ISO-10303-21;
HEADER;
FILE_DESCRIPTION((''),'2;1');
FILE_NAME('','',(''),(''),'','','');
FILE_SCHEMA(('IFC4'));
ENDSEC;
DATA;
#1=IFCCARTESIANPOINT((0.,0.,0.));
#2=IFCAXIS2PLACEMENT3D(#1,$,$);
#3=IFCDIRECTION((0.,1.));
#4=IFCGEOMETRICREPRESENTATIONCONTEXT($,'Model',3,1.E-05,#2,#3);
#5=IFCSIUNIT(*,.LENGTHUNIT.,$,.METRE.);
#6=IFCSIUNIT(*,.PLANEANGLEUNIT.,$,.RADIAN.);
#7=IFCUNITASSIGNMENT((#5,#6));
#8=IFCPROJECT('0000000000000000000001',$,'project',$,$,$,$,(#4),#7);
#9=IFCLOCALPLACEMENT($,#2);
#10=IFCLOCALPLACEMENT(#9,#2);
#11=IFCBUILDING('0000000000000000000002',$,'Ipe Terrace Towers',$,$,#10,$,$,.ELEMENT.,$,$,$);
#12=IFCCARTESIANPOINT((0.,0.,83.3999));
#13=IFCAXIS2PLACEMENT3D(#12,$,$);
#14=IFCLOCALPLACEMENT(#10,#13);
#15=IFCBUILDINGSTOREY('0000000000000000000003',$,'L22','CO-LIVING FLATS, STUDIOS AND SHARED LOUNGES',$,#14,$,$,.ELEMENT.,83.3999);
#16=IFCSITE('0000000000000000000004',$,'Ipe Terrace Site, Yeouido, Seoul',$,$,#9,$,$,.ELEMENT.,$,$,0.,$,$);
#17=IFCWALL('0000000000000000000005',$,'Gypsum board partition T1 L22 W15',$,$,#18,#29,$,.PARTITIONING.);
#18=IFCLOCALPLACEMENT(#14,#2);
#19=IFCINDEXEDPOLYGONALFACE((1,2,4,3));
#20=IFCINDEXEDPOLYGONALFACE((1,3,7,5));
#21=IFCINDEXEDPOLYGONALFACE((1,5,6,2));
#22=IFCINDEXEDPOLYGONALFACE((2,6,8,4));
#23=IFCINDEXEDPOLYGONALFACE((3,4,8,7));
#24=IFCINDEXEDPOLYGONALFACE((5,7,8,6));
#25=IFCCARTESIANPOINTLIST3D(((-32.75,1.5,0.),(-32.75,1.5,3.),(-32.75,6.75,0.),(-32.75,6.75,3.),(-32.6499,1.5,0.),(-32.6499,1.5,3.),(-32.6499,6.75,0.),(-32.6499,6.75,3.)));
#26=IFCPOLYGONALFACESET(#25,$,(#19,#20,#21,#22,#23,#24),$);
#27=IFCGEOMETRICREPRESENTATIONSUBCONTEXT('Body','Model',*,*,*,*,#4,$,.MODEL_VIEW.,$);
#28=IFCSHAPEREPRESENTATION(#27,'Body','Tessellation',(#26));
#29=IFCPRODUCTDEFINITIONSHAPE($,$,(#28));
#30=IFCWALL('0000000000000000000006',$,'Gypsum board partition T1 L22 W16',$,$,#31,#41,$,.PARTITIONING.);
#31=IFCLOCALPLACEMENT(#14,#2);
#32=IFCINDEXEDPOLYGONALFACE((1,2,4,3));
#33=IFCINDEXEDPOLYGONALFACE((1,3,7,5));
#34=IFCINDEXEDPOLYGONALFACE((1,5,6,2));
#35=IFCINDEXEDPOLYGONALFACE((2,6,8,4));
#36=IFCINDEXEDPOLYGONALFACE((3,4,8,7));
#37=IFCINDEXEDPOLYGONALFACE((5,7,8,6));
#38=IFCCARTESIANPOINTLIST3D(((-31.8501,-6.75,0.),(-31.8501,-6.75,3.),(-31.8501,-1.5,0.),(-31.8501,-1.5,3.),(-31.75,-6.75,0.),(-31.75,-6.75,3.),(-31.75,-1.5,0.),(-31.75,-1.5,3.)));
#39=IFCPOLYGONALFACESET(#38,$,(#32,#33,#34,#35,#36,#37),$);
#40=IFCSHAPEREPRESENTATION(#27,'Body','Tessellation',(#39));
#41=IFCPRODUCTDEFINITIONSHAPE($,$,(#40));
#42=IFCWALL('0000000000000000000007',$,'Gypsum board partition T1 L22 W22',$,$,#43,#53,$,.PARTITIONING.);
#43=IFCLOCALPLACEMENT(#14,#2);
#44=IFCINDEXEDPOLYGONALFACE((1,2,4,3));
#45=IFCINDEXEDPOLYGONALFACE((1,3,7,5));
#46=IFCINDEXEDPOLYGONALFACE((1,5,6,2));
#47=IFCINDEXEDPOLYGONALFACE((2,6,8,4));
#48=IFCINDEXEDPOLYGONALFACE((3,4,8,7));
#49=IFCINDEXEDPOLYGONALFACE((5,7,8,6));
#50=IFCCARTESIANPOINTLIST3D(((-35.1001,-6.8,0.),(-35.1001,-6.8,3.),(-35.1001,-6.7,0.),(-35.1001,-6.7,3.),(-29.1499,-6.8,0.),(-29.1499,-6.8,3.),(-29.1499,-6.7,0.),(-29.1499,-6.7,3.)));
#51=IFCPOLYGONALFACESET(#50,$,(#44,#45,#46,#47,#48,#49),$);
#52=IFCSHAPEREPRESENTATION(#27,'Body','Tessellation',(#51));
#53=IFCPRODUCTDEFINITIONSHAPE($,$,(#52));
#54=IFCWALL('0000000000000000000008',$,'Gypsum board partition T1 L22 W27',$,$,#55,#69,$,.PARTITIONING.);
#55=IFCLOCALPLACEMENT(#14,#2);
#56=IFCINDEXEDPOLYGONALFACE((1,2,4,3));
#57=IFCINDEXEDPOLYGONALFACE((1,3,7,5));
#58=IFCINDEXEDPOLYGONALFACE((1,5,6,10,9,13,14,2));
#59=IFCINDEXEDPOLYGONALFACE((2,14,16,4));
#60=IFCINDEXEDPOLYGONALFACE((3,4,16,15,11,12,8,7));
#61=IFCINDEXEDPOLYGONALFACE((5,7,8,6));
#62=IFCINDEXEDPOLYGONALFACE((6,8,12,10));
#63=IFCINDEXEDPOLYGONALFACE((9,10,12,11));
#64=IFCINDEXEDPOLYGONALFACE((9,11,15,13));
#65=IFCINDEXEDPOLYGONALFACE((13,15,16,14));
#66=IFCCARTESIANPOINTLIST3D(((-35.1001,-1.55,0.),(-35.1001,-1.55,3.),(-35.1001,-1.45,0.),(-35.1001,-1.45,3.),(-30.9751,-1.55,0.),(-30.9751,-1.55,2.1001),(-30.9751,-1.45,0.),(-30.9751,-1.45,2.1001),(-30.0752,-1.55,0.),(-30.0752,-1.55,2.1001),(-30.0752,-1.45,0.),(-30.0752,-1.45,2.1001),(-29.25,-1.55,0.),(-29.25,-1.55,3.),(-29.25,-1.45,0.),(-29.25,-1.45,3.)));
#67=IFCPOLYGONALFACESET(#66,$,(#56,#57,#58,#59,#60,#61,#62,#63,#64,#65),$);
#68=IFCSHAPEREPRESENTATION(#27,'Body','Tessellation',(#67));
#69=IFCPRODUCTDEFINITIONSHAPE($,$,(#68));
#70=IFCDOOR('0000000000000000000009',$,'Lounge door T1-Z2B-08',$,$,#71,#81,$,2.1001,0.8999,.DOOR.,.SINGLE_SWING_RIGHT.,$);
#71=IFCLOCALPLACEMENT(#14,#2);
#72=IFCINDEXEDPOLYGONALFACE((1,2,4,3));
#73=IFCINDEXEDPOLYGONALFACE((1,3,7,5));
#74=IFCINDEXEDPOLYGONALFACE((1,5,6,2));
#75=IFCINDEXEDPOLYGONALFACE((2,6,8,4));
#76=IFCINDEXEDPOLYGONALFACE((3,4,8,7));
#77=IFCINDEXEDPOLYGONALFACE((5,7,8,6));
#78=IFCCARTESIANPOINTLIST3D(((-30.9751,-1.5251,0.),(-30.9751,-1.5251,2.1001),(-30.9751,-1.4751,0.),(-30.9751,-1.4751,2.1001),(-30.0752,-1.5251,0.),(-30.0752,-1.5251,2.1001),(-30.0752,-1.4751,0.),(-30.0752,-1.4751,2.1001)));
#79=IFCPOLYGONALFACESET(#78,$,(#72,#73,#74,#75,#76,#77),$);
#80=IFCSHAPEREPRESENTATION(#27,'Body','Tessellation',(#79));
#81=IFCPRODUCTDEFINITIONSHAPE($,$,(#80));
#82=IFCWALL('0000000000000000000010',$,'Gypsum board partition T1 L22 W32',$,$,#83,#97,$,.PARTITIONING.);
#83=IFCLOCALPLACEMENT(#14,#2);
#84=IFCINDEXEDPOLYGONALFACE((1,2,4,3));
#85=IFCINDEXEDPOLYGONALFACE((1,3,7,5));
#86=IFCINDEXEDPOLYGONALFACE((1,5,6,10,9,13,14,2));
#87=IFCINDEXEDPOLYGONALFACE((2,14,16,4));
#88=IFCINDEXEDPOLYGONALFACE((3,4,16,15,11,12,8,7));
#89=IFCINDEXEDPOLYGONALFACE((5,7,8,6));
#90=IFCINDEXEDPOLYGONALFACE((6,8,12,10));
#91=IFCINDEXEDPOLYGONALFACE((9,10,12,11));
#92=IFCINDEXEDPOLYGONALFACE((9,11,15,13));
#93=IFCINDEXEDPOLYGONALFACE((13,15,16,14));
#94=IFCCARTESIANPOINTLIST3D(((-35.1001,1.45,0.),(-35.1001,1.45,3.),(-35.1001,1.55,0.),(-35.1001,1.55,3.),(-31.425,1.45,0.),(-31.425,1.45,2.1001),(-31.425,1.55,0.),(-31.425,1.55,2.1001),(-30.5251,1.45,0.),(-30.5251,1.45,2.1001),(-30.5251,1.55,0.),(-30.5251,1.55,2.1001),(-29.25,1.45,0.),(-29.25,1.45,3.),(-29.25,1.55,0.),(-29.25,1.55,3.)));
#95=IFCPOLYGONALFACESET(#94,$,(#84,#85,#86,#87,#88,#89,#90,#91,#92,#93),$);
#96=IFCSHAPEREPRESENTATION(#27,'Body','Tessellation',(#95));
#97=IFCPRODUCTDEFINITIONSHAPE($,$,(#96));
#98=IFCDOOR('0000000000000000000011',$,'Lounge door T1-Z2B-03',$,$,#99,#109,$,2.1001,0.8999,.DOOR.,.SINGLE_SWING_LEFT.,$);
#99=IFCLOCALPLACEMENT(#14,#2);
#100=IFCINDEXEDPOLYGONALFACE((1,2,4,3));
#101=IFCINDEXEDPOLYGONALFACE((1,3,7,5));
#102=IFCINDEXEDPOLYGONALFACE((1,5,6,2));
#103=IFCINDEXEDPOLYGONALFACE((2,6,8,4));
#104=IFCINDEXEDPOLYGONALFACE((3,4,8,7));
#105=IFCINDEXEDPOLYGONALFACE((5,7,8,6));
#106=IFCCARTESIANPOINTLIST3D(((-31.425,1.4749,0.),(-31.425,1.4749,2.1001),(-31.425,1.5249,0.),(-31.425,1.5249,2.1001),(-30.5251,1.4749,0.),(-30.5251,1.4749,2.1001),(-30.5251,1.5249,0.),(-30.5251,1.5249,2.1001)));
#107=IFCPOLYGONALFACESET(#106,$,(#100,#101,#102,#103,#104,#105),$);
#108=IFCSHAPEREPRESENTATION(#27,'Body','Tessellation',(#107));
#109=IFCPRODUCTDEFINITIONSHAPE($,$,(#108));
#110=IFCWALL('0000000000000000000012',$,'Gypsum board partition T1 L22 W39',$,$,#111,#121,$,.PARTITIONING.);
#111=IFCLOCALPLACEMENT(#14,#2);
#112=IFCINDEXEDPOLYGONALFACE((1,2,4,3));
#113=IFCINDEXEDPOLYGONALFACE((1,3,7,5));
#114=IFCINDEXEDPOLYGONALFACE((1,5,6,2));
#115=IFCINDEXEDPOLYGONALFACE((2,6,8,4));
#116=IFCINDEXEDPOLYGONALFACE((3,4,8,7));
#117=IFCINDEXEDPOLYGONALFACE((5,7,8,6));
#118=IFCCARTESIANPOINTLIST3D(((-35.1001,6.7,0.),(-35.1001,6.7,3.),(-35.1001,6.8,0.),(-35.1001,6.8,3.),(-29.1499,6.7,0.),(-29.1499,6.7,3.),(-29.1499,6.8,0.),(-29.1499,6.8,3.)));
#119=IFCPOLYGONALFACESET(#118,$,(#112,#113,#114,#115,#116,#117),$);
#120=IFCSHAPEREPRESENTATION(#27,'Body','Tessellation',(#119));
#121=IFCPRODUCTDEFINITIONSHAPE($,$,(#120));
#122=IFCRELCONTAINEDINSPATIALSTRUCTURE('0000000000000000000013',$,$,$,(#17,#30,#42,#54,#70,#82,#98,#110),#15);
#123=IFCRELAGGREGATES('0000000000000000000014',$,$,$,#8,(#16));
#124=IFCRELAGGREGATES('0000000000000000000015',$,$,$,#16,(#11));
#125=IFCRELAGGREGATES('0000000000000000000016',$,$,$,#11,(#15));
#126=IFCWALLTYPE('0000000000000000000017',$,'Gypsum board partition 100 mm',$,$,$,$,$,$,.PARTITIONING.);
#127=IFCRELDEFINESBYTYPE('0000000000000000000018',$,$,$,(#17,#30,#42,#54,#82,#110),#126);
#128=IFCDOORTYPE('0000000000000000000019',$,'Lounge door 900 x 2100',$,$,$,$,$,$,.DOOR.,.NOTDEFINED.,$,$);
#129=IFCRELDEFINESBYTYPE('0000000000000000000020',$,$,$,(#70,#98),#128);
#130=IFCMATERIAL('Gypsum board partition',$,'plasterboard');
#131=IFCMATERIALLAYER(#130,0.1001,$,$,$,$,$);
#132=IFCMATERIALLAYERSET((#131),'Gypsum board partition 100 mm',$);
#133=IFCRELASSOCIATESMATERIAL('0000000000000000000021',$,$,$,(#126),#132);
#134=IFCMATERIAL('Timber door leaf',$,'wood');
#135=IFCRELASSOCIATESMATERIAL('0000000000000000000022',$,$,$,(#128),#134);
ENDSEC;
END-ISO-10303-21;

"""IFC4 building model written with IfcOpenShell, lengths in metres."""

from ifc_helpers import new_model, si_unit, direction, frame, frame_2d, origin, place, context, subcontext, project, spatial, rectangle, extrude, material, layer, layer_set, type_object, element, fill, save


model = new_model("IFC4")

# Units and contexts
model_context = context("Model", 3, precision=1e-05, world=origin(), true_north=direction((0.0, 1.0)))
body_context = subcontext(model_context, "Body", "Model", "MODEL_VIEW")
ifc_project = project(units=[si_unit("LENGTHUNIT", "METRE"), si_unit("PLANEANGLEUNIT", "RADIAN")], contexts=[model_context])

# Site, building, storey
site_placement = place(None, origin())
site = spatial("IfcSite", under=ifc_project, at=site_placement, Name="Ipe Terrace Site, Yeouido, Seoul", CompositionType="ELEMENT", RefElevation=0.0)
building_placement = place(site_placement, origin())
building = spatial("IfcBuilding", under=site, at=building_placement, Name="Ipe Terrace Towers", CompositionType="ELEMENT")
storey_placement = place(building_placement, frame((0.0, 0.0, 83.3999)))
storey = spatial("IfcBuildingStorey", under=building, at=storey_placement, Name="L22", Description="CO-LIVING FLATS, STUDIOS AND SHARED LOUNGES", CompositionType="ELEMENT", Elevation=83.3999)

# Shared definitions
ifc_material_1 = material(Name="Gypsum board partition", Category="plasterboard")
ifc_layer_1 = layer(ifc_material_1, 0.1001)
ifc_layer_set_1 = layer_set([ifc_layer_1], Name="Gypsum board partition 100 mm")
wall_type = type_object("IfcWallType", Name="Gypsum board partition 100 mm", PredefinedType="PARTITIONING", material=ifc_layer_set_1)
ifc_material_2 = material(Name="Timber door leaf", Category="wood")
door_type_1 = type_object("IfcDoorType", Name="Lounge door 900 x 2100", OperationType="NOTDEFINED", PredefinedType="DOOR", material=ifc_material_2)

# Walls
for number, where, z_axis, x_axis, name in (
    (1, (-32.7, 1.5, 0.0), (0.0, 0.0, 1.0), (0.0, 1.0, 0.0), "Gypsum board partition T1 L22 W15"),
    (2, (-31.8, -6.75, 0.0), (0.0, 0.0, 1.0), (0.0, 1.0, 0.0), "Gypsum board partition T1 L22 W16"),
):
    element("IfcWall", number, at=place(storey_placement, frame(where, z_axis=z_axis, x_axis=x_axis)), inside=storey, type_object=wall_type, Name=name, PredefinedType="PARTITIONING", context=body_context, shape_type="SweptSolid", body=[
        extrude(rectangle(XDim=5.25, YDim=0.1001, at=frame_2d((2.625, 0.0))), origin(), (0.0, 0.0, 1.0), 3.0),
    ])
wall_1_placement = place(storey_placement, frame((-35.1001, -6.75, 0.0), z_axis=(0.0, 0.0, 1.0), x_axis=(1.0, 0.0, 0.0)))
element("IfcWall", 3, at=wall_1_placement, inside=storey, type_object=wall_type, Name="Gypsum board partition T1 L22 W22", PredefinedType="PARTITIONING", context=body_context, shape_type="SweptSolid", body=[
    extrude(rectangle(XDim=5.9502, YDim=0.1001, at=frame_2d((2.9751, 0.0))), origin(), (0.0, 0.0, 1.0), 3.0),
])

# Walls, openings, doors
wall_2_placement = place(storey_placement, frame((-35.1001, -1.5, 0.0), z_axis=(0.0, 0.0, 1.0), x_axis=(1.0, 0.0, 0.0)))
wall_2 = element("IfcWall", 4, at=wall_2_placement, inside=storey, type_object=wall_type, Name="Gypsum board partition T1 L22 W27", PredefinedType="PARTITIONING", context=body_context, shape_type="SweptSolid", body=[
    extrude(rectangle(XDim=5.8501, YDim=0.1001, at=frame_2d((2.925, 0.0))), origin(), (0.0, 0.0, 1.0), 3.0),
])
opening_1_placement = place(wall_2_placement, frame((4.125, 0.0, 0.0)))
opening_1 = element("IfcOpeningElement", 5, at=opening_1_placement, cuts=wall_2, PredefinedType="OPENING", context=body_context, shape_type="SweptSolid", body=[
    extrude(rectangle(XDim=0.8999, YDim=2.1001, at=frame_2d((0.45, 1.05))), frame((0.0, 0.0601, 0.0), z_axis=(0.0, -1.0, 0.0), x_axis=(1.0, 0.0, 0.0)), (0.0, 0.0, 1.0), 0.1201),
])
door_1_placement = place(opening_1_placement, origin())
door_1 = element("IfcDoor", 6, at=door_1_placement, inside=storey, type_object=door_type_1, Name="Lounge door T1-Z2B-08", OperationType="SINGLE_SWING_RIGHT", OverallHeight=2.1001, OverallWidth=0.8999, PredefinedType="DOOR", context=body_context, shape_type="SweptSolid", body=[
    extrude(rectangle(XDim=0.8999, YDim=2.1001, at=frame_2d((0.45, 1.05))), frame((0.0, 0.0249, 0.0), z_axis=(0.0, -1.0, 0.0), x_axis=(1.0, 0.0, 0.0)), (0.0, 0.0, 1.0), 0.05),
])
fill(opening_1, door_1)
wall_3_placement = place(storey_placement, frame((-35.1001, 1.5, 0.0), z_axis=(0.0, 0.0, 1.0), x_axis=(1.0, 0.0, 0.0)))
wall_3 = element("IfcWall", 7, at=wall_3_placement, inside=storey, type_object=wall_type, Name="Gypsum board partition T1 L22 W32", PredefinedType="PARTITIONING", context=body_context, shape_type="SweptSolid", body=[
    extrude(rectangle(XDim=5.8501, YDim=0.1001, at=frame_2d((2.925, 0.0))), origin(), (0.0, 0.0, 1.0), 3.0),
])
opening_2_placement = place(wall_3_placement, frame((3.675, 0.0, 0.0)))
opening_2 = element("IfcOpeningElement", 8, at=opening_2_placement, cuts=wall_3, PredefinedType="OPENING", context=body_context, shape_type="SweptSolid", body=[
    extrude(rectangle(XDim=0.8999, YDim=2.1001, at=frame_2d((0.45, 1.05))), frame((0.0, 0.0601, 0.0), z_axis=(0.0, -1.0, 0.0), x_axis=(1.0, 0.0, 0.0)), (0.0, 0.0, 1.0), 0.1201),
])
door_2_placement = place(opening_2_placement, origin())
door_2 = element("IfcDoor", 9, at=door_2_placement, inside=storey, type_object=door_type_1, Name="Lounge door T1-Z2B-03", OperationType="SINGLE_SWING_LEFT", OverallHeight=2.1001, OverallWidth=0.8999, PredefinedType="DOOR", context=body_context, shape_type="SweptSolid", body=[
    extrude(rectangle(XDim=0.8999, YDim=2.1001, at=frame_2d((0.45, 1.05))), frame((0.0, 0.0249, 0.0), z_axis=(0.0, -1.0, 0.0), x_axis=(1.0, 0.0, 0.0)), (0.0, 0.0, 1.0), 0.05),
])
fill(opening_2, door_2)

# Wall
wall_4_placement = place(storey_placement, frame((-35.1001, 6.75, 0.0), z_axis=(0.0, 0.0, 1.0), x_axis=(1.0, 0.0, 0.0)))
element("IfcWall", 10, at=wall_4_placement, inside=storey, type_object=wall_type, Name="Gypsum board partition T1 L22 W39", PredefinedType="PARTITIONING", context=body_context, shape_type="SweptSolid", body=[
    extrude(rectangle(XDim=5.9502, YDim=0.1001, at=frame_2d((2.9751, 0.0))), origin(), (0.0, 0.0, 1.0), 3.0),
])

save(model, "model.ifc")
